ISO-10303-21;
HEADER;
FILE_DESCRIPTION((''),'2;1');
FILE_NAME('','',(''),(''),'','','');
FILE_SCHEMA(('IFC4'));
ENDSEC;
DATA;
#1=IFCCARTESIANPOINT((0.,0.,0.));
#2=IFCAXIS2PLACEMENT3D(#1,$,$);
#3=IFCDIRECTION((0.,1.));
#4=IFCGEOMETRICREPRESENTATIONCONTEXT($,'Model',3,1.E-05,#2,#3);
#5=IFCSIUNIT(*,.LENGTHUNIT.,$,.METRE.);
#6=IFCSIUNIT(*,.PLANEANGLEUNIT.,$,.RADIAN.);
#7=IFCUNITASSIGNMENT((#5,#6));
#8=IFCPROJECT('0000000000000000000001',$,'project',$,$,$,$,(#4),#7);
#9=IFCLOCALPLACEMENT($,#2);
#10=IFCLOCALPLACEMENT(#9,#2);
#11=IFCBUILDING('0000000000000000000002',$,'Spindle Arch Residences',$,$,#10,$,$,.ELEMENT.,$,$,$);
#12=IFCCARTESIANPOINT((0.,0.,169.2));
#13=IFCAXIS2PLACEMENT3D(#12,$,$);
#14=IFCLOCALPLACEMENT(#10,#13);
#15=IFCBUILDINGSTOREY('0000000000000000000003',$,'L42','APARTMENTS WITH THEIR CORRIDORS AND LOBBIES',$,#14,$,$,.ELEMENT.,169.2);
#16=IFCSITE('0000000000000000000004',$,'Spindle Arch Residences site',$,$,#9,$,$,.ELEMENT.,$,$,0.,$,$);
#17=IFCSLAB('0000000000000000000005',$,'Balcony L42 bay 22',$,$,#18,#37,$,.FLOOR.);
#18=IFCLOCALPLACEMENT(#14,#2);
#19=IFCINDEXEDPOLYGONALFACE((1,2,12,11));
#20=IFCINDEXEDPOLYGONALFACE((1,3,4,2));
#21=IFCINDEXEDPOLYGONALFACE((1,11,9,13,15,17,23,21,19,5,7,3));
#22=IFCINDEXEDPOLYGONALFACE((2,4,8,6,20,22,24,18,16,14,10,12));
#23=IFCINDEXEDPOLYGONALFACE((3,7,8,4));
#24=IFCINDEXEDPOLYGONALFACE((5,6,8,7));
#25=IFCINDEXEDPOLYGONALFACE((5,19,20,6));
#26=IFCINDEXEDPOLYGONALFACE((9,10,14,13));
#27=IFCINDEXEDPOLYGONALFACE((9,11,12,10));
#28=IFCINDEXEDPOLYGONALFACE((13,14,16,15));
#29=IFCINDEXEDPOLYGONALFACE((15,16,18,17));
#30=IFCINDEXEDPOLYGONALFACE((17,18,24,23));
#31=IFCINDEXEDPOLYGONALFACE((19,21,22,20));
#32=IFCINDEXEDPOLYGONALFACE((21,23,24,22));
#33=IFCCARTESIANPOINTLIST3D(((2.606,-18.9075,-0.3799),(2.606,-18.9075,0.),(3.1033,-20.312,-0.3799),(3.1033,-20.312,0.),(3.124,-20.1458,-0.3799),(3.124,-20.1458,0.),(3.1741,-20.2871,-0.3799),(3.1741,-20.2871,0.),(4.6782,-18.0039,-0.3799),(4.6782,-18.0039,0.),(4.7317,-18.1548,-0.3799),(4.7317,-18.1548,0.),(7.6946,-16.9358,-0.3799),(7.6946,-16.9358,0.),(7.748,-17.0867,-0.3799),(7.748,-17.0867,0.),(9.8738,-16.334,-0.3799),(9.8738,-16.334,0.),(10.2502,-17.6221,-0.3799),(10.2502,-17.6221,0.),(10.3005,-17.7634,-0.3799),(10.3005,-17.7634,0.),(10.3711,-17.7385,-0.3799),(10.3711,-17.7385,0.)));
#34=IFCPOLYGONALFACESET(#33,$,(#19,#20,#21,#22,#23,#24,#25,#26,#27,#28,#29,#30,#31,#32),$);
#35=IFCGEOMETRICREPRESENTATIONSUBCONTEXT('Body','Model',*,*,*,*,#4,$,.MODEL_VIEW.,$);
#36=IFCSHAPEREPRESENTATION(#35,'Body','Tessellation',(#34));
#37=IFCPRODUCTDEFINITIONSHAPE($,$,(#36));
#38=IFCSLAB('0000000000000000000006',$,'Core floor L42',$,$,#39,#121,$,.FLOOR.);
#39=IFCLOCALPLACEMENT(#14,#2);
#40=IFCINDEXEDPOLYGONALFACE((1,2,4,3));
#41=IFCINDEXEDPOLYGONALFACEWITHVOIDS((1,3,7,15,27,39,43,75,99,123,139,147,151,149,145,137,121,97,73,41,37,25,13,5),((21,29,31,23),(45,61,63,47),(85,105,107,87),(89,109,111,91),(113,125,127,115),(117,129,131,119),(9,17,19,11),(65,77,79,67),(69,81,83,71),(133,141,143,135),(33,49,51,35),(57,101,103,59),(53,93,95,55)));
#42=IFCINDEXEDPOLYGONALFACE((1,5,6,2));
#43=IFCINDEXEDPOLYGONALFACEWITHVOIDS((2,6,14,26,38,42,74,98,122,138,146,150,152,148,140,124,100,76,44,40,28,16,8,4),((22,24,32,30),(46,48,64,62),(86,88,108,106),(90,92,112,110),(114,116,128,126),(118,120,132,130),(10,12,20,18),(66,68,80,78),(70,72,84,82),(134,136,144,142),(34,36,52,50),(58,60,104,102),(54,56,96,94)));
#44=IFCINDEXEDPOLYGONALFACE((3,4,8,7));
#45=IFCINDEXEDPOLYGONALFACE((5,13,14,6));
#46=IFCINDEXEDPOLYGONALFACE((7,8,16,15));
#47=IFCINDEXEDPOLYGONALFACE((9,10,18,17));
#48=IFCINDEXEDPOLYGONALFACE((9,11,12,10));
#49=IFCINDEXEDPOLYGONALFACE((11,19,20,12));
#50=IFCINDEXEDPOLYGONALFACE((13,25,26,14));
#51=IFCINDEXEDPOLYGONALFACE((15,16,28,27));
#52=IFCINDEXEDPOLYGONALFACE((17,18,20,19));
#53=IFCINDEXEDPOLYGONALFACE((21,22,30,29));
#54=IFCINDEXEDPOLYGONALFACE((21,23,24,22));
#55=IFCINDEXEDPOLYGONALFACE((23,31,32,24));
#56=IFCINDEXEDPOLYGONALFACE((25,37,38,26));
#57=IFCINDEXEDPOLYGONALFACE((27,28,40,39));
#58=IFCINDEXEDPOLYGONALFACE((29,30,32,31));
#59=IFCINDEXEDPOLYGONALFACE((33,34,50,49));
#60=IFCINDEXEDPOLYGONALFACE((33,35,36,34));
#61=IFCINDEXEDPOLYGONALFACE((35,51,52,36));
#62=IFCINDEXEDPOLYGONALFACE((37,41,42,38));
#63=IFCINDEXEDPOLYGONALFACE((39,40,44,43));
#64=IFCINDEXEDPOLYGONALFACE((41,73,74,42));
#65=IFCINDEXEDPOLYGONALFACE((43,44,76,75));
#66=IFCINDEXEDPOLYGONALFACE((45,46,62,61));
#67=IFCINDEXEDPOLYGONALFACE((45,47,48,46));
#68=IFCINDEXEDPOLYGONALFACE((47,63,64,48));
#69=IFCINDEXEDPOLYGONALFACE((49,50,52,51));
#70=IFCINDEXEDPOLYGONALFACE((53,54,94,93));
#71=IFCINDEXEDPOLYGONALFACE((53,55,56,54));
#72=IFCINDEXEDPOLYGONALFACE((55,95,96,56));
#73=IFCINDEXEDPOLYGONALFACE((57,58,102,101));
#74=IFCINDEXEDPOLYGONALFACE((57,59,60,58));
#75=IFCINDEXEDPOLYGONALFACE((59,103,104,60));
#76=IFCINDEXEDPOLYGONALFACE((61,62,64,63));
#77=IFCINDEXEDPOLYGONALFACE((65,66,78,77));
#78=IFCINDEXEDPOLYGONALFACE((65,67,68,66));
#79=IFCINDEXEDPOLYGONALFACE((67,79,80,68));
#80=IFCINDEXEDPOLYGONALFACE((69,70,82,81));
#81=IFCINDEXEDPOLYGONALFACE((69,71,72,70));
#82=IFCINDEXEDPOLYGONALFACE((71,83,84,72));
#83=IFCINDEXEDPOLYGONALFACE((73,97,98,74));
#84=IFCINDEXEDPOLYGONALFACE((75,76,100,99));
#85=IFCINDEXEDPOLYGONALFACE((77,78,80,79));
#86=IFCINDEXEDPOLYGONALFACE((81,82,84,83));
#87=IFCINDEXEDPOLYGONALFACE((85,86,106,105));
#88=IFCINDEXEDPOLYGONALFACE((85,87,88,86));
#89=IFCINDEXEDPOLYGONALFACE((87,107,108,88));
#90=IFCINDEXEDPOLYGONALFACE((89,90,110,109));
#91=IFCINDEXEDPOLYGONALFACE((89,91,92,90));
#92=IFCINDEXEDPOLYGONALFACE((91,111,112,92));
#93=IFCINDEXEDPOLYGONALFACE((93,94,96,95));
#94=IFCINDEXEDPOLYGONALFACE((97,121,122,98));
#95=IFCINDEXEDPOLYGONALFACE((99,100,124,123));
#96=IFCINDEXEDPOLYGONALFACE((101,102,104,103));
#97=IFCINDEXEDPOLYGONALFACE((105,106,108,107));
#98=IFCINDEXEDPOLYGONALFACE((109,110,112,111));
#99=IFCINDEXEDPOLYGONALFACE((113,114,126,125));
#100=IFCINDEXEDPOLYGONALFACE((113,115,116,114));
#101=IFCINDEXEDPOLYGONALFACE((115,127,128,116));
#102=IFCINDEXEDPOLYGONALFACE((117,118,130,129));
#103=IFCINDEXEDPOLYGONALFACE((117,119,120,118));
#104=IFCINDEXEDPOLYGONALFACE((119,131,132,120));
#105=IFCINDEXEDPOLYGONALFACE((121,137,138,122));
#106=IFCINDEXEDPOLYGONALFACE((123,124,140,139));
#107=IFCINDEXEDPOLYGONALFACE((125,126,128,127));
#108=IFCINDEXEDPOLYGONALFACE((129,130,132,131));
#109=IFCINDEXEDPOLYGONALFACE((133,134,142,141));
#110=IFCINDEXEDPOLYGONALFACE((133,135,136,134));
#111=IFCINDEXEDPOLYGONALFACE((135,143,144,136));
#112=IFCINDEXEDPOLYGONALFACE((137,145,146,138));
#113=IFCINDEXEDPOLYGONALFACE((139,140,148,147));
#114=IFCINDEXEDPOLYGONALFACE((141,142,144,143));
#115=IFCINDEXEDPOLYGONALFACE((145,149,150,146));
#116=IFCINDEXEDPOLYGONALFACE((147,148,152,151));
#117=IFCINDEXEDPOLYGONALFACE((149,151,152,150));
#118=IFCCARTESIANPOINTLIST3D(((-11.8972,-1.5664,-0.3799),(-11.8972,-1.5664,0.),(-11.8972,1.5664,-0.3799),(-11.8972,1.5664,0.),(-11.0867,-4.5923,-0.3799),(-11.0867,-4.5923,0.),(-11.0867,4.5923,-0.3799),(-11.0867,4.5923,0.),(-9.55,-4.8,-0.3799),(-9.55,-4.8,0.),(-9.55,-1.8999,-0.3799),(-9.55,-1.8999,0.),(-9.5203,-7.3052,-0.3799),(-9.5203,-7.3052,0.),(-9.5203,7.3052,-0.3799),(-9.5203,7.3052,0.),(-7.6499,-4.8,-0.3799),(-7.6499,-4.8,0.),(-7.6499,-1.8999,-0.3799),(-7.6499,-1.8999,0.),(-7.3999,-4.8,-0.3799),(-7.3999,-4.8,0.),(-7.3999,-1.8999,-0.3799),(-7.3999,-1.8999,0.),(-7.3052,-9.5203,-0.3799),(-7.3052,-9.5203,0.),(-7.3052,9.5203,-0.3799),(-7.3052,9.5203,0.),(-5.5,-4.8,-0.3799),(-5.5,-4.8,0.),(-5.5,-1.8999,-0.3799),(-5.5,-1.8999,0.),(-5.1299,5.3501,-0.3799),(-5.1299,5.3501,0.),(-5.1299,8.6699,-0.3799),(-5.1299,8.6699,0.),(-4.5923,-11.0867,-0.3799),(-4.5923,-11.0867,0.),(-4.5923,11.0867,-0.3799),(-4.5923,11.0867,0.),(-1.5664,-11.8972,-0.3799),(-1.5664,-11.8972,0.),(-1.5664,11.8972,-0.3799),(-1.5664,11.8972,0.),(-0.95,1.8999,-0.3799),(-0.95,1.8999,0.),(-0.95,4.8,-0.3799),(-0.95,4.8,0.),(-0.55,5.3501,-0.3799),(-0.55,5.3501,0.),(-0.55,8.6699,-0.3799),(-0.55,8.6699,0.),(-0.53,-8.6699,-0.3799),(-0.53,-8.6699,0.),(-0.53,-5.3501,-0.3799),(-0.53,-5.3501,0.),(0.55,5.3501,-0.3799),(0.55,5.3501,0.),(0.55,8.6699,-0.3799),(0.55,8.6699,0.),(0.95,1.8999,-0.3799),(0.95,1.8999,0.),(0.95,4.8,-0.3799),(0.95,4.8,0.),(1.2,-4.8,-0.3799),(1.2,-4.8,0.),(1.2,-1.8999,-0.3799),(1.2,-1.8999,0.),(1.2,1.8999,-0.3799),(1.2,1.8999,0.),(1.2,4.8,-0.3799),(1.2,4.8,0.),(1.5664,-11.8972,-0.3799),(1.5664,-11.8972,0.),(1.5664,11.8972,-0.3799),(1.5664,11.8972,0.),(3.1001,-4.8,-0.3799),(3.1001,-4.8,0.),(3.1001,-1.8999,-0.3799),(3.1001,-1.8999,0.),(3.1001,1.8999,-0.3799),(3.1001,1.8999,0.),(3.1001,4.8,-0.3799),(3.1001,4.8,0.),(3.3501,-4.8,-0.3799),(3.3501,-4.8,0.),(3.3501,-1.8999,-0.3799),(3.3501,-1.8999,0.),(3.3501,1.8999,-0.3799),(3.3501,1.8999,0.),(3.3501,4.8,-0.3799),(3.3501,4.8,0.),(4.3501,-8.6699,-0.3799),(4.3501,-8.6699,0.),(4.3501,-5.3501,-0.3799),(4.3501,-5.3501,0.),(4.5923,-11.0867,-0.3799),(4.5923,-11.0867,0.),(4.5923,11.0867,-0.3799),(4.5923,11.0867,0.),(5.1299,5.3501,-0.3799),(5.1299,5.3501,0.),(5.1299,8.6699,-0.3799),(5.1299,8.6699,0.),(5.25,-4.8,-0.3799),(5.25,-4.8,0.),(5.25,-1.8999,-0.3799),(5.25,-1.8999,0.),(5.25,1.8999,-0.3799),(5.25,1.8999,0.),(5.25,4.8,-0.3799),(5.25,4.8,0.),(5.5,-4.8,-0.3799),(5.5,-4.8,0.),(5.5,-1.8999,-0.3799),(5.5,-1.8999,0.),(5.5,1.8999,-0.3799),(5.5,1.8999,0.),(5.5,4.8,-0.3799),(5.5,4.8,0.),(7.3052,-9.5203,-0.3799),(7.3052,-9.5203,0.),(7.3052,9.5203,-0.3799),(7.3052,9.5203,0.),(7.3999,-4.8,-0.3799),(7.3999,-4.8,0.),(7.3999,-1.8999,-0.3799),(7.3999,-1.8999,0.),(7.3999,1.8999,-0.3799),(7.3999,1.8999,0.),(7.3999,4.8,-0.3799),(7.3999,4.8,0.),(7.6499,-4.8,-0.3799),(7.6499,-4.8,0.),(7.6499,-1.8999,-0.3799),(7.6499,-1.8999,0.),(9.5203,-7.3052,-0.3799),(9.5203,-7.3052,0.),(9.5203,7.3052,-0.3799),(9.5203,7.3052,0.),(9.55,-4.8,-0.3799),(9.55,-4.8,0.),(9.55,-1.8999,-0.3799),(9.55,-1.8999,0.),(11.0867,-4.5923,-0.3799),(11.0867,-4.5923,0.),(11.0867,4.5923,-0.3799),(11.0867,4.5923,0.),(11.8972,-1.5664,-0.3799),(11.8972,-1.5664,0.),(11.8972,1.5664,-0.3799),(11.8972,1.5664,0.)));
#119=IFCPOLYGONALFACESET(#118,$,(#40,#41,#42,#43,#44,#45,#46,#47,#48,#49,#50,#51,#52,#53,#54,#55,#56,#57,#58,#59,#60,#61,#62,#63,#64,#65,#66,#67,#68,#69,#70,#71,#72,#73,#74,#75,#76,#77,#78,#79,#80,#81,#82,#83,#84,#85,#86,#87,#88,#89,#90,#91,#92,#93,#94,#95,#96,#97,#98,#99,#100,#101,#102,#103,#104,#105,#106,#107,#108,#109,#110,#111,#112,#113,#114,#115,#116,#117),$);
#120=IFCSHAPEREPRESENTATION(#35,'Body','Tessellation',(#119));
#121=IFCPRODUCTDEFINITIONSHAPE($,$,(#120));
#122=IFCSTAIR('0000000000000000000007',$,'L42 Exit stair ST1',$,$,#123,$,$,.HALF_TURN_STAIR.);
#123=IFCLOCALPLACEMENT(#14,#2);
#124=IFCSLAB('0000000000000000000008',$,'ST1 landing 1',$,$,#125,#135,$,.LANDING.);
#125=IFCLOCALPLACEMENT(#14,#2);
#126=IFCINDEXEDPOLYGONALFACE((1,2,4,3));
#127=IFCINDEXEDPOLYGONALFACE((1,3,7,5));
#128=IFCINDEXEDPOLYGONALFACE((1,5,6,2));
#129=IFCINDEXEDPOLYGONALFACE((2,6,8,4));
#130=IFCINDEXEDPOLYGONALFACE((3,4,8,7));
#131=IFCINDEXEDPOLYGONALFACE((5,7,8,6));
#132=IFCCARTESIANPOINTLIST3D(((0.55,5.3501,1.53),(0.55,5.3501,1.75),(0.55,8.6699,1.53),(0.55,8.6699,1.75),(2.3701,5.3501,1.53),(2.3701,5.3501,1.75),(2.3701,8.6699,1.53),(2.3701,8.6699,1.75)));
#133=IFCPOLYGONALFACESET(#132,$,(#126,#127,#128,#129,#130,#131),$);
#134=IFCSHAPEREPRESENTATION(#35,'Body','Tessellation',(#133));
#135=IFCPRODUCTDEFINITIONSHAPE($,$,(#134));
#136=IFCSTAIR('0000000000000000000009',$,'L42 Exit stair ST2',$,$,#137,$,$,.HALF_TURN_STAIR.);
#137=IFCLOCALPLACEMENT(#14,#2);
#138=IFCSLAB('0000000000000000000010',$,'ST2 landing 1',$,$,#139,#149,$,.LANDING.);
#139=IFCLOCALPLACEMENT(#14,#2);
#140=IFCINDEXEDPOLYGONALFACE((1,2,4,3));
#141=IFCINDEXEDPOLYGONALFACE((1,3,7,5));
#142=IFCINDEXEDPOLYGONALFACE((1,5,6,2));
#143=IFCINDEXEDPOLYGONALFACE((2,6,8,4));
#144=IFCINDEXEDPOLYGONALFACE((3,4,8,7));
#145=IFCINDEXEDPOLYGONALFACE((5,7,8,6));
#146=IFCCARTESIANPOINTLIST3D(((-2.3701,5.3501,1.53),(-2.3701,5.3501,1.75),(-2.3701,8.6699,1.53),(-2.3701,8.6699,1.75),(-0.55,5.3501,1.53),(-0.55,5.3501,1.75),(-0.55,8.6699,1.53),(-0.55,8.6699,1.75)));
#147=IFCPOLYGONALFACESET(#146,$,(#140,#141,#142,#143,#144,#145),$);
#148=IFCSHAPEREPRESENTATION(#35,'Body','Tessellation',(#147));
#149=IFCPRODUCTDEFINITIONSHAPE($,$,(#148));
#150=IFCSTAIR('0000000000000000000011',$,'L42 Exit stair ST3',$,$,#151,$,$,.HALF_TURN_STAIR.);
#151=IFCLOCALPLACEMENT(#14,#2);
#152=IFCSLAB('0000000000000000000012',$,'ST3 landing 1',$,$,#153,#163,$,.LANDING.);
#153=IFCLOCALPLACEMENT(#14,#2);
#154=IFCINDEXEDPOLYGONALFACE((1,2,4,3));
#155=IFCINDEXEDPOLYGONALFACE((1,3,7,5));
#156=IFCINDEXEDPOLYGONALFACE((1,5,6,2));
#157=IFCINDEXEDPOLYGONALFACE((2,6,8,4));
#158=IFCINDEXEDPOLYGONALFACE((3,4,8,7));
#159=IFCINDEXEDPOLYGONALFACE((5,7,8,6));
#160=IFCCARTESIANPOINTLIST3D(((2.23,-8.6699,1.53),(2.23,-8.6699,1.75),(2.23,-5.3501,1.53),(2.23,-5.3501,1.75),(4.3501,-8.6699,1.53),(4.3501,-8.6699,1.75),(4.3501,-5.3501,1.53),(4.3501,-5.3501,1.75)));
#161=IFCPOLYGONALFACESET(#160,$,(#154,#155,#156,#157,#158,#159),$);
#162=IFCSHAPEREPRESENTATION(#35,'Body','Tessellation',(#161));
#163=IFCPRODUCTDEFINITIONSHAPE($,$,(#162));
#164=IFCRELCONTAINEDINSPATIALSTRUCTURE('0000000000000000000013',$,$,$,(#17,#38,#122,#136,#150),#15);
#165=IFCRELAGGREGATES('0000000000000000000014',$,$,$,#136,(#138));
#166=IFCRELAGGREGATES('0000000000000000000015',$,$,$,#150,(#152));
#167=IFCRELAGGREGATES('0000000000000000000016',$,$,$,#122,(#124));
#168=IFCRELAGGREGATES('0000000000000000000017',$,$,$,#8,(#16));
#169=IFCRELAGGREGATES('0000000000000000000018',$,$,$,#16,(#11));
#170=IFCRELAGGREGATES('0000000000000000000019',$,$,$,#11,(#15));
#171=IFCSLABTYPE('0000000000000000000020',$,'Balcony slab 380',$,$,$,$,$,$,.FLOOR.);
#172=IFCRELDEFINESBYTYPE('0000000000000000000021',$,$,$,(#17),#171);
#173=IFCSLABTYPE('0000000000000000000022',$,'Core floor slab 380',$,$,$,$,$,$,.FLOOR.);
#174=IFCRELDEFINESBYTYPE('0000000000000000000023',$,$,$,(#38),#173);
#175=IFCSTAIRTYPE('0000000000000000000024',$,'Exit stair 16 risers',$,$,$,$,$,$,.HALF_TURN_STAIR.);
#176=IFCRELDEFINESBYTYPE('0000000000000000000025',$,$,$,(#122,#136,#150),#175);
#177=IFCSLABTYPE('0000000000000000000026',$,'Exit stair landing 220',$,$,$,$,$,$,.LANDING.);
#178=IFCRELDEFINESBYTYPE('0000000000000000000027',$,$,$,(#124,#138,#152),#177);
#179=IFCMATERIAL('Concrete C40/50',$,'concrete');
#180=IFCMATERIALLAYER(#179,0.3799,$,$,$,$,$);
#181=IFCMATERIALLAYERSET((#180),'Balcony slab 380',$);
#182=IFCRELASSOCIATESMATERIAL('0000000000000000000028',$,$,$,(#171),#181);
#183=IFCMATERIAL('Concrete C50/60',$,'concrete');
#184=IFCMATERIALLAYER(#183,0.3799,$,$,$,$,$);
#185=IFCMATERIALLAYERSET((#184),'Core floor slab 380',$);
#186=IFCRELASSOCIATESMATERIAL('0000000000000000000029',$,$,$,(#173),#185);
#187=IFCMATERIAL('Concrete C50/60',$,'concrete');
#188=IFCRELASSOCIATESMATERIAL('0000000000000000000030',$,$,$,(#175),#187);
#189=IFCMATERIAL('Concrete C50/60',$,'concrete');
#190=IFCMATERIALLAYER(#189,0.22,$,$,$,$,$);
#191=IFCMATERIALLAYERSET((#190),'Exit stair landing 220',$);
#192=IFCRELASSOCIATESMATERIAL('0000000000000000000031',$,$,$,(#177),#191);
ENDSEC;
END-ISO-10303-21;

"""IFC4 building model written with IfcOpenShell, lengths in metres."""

from ifc_helpers import new_model, si_unit, direction, frame, origin, place, context, subcontext, project, spatial, polyline, outline, extrude, material, layer, layer_set, type_object, element, aggregate, save


model = new_model("IFC4")

# Units and contexts
model_context = context("Model", 3, precision=1e-05, world=origin(), true_north=direction((0.0, 1.0)))
body_context = subcontext(model_context, "Body", "Model", "MODEL_VIEW")
ifc_project = project(units=[si_unit("LENGTHUNIT", "METRE"), si_unit("PLANEANGLEUNIT", "RADIAN")], contexts=[model_context])

# Site, building, storey
site_placement = place(None, origin())
site = spatial("IfcSite", under=ifc_project, at=site_placement, Name="Spindle Arch Residences site", CompositionType="ELEMENT", RefElevation=0.0)
building_placement = place(site_placement, origin())
building = spatial("IfcBuilding", under=site, at=building_placement, Name="Spindle Arch Residences", CompositionType="ELEMENT")
storey_placement = place(building_placement, frame((0.0, 0.0, 169.2)))
storey = spatial("IfcBuildingStorey", under=building, at=storey_placement, Name="L42", Description="APARTMENTS WITH THEIR CORRIDORS AND LOBBIES", CompositionType="ELEMENT", Elevation=169.2)

# Slabs
ifc_material_1 = material(Name="Concrete C40/50", Category="concrete")
ifc_layer_1 = layer(ifc_material_1, 0.3799)
ifc_layer_set_1 = layer_set([ifc_layer_1], Name="Balcony slab 380")
slab_type_1 = type_object("IfcSlabType", Name="Balcony slab 380", PredefinedType="FLOOR", material=ifc_layer_set_1)
slab_1_placement = place(storey_placement, frame((0.0, 0.0, -0.3799)))
element("IfcSlab", 1, at=slab_1_placement, inside=storey, type_object=slab_type_1, Name="Balcony L42 bay 22", PredefinedType="FLOOR", context=body_context, shape_type="SweptSolid", body=[
    extrude(outline(polyline([(3.1033, -20.312), (3.1741, -20.2871), (3.124, -20.1458), (10.2502, -17.6221), (10.3005, -17.7634), (10.3711, -17.7385), (9.8738, -16.334), (7.748, -17.0867), (7.6946, -16.9358), (4.6782, -18.0039), (4.7317, -18.1548), (2.606, -18.9075), (3.1033, -20.312)])), origin(), (0.0, 0.0, 1.0), 0.3799),
])
ifc_material_2 = material(Name="Concrete C50/60", Category="concrete")
ifc_layer_2 = layer(ifc_material_2, 0.3799)
ifc_layer_set_2 = layer_set([ifc_layer_2], Name="Core floor slab 380")
slab_type_2 = type_object("IfcSlabType", Name="Core floor slab 380", PredefinedType="FLOOR", material=ifc_layer_set_2)
slab_2_placement = place(storey_placement, frame((0.0, 0.0, -0.3799)))
element("IfcSlab", 2, at=slab_2_placement, inside=storey, type_object=slab_type_2, Name="Core floor L42", PredefinedType="FLOOR", context=body_context, shape_type="SweptSolid", body=[
    extrude(outline(polyline([(1.5664, -11.8972), (4.5923, -11.0867), (7.3052, -9.5203), (9.5203, -7.3052), (11.0867, -4.5923), (11.8972, -1.5664), (11.8972, 1.5664), (11.0867, 4.5923), (9.5203, 7.3052), (7.3052, 9.5203), (4.5923, 11.0867), (1.5664, 11.8972), (-1.5664, 11.8972), (-4.5923, 11.0867), (-7.3052, 9.5203), (-9.5203, 7.3052), (-11.0867, 4.5923), (-11.8972, 1.5664), (-11.8972, -1.5664), (-11.0867, -4.5923), (-9.5203, -7.3052), (-7.3052, -9.5203), (-4.5923, -11.0867), (-1.5664, -11.8972), (1.5664, -11.8972)]), holes=[polyline([(-0.95, 1.8999), (0.95, 1.8999), (0.95, 4.8), (-0.95, 4.8), (-0.95, 1.8999)]), polyline([(1.2, 1.8999), (3.1001, 1.8999), (3.1001, 4.8), (1.2, 4.8), (1.2, 1.8999)]), polyline([(3.3501, 1.8999), (5.25, 1.8999), (5.25, 4.8), (3.3501, 4.8), (3.3501, 1.8999)]), polyline([(5.5, 1.8999), (7.3999, 1.8999), (7.3999, 4.8), (5.5, 4.8), (5.5, 1.8999)]), polyline([(-9.55, -4.8), (-7.6499, -4.8), (-7.6499, -1.8999), (-9.55, -1.8999), (-9.55, -4.8)]), polyline([(-7.3999, -4.8), (-5.5, -4.8), (-5.5, -1.8999), (-7.3999, -1.8999), (-7.3999, -4.8)]), polyline([(1.2, -4.8), (3.1001, -4.8), (3.1001, -1.8999), (1.2, -1.8999), (1.2, -4.8)]), polyline([(3.3501, -4.8), (5.25, -4.8), (5.25, -1.8999), (3.3501, -1.8999), (3.3501, -4.8)]), polyline([(5.5, -4.8), (7.3999, -4.8), (7.3999, -1.8999), (5.5, -1.8999), (5.5, -4.8)]), polyline([(7.6499, -4.8), (9.55, -4.8), (9.55, -1.8999), (7.6499, -1.8999), (7.6499, -4.8)]), polyline([(5.1299, 8.6699), (0.55, 8.6699), (0.55, 5.3501), (5.1299, 5.3501), (5.1299, 8.6699)]), polyline([(-5.1299, 5.3501), (-0.55, 5.3501), (-0.55, 8.6699), (-5.1299, 8.6699), (-5.1299, 5.3501)]), polyline([(-0.53, -8.6699), (4.3501, -8.6699), (4.3501, -5.3501), (-0.53, -5.3501), (-0.53, -8.6699)])]), origin(), (0.0, 0.0, 1.0), 0.3799),
])

# Stairs, slabs
ifc_material_3 = material(Name="Concrete C50/60", Category="concrete")
stair_type = type_object("IfcStairType", Name="Exit stair 16 risers", PredefinedType="HALF_TURN_STAIR", material=ifc_material_3)
stair_1_placement = place(storey_placement, origin())
stair_1 = element("IfcStair", 3, at=stair_1_placement, inside=storey, type_object=stair_type, Name="L42 Exit stair ST1", PredefinedType="HALF_TURN_STAIR")
ifc_material_4 = material(Name="Concrete C50/60", Category="concrete")
ifc_layer_3 = layer(ifc_material_4, 0.22)
ifc_layer_set_3 = layer_set([ifc_layer_3], Name="Exit stair landing 220")
slab_type_3 = type_object("IfcSlabType", Name="Exit stair landing 220", PredefinedType="LANDING", material=ifc_layer_set_3)
slab_3_placement = place(storey_placement, frame((0.0, 0.0, 1.53)))
slab_3 = element("IfcSlab", 4, at=slab_3_placement, type_object=slab_type_3, Name="ST1 landing 1", PredefinedType="LANDING", context=body_context, shape_type="SweptSolid", body=[
    extrude(outline(polyline([(2.3701, 8.6699), (0.55, 8.6699), (0.55, 5.3501), (2.3701, 5.3501), (2.3701, 8.6699)])), origin(), (0.0, 0.0, 1.0), 0.22),
])
stair_2_placement = place(storey_placement, origin())
stair_2 = element("IfcStair", 5, at=stair_2_placement, inside=storey, type_object=stair_type, Name="L42 Exit stair ST2", PredefinedType="HALF_TURN_STAIR")
slab_4_placement = place(storey_placement, frame((0.0, 0.0, 1.53)))
slab_4 = element("IfcSlab", 6, at=slab_4_placement, type_object=slab_type_3, Name="ST2 landing 1", PredefinedType="LANDING", context=body_context, shape_type="SweptSolid", body=[
    extrude(outline(polyline([(-2.3701, 5.3501), (-0.55, 5.3501), (-0.55, 8.6699), (-2.3701, 8.6699), (-2.3701, 5.3501)])), origin(), (0.0, 0.0, 1.0), 0.22),
])
aggregate(stair_2, [slab_4])
stair_3_placement = place(storey_placement, origin())
stair_3 = element("IfcStair", 7, at=stair_3_placement, inside=storey, type_object=stair_type, Name="L42 Exit stair ST3", PredefinedType="HALF_TURN_STAIR")
slab_5_placement = place(storey_placement, frame((0.0, 0.0, 1.53)))
slab_5 = element("IfcSlab", 8, at=slab_5_placement, type_object=slab_type_3, Name="ST3 landing 1", PredefinedType="LANDING", context=body_context, shape_type="SweptSolid", body=[
    extrude(outline(polyline([(2.23, -8.6699), (4.3501, -8.6699), (4.3501, -5.3501), (2.23, -5.3501), (2.23, -8.6699)])), origin(), (0.0, 0.0, 1.0), 0.22),
])
aggregate(stair_3, [slab_5])

aggregate(stair_1, [slab_3])

save(model, "model.ifc")
